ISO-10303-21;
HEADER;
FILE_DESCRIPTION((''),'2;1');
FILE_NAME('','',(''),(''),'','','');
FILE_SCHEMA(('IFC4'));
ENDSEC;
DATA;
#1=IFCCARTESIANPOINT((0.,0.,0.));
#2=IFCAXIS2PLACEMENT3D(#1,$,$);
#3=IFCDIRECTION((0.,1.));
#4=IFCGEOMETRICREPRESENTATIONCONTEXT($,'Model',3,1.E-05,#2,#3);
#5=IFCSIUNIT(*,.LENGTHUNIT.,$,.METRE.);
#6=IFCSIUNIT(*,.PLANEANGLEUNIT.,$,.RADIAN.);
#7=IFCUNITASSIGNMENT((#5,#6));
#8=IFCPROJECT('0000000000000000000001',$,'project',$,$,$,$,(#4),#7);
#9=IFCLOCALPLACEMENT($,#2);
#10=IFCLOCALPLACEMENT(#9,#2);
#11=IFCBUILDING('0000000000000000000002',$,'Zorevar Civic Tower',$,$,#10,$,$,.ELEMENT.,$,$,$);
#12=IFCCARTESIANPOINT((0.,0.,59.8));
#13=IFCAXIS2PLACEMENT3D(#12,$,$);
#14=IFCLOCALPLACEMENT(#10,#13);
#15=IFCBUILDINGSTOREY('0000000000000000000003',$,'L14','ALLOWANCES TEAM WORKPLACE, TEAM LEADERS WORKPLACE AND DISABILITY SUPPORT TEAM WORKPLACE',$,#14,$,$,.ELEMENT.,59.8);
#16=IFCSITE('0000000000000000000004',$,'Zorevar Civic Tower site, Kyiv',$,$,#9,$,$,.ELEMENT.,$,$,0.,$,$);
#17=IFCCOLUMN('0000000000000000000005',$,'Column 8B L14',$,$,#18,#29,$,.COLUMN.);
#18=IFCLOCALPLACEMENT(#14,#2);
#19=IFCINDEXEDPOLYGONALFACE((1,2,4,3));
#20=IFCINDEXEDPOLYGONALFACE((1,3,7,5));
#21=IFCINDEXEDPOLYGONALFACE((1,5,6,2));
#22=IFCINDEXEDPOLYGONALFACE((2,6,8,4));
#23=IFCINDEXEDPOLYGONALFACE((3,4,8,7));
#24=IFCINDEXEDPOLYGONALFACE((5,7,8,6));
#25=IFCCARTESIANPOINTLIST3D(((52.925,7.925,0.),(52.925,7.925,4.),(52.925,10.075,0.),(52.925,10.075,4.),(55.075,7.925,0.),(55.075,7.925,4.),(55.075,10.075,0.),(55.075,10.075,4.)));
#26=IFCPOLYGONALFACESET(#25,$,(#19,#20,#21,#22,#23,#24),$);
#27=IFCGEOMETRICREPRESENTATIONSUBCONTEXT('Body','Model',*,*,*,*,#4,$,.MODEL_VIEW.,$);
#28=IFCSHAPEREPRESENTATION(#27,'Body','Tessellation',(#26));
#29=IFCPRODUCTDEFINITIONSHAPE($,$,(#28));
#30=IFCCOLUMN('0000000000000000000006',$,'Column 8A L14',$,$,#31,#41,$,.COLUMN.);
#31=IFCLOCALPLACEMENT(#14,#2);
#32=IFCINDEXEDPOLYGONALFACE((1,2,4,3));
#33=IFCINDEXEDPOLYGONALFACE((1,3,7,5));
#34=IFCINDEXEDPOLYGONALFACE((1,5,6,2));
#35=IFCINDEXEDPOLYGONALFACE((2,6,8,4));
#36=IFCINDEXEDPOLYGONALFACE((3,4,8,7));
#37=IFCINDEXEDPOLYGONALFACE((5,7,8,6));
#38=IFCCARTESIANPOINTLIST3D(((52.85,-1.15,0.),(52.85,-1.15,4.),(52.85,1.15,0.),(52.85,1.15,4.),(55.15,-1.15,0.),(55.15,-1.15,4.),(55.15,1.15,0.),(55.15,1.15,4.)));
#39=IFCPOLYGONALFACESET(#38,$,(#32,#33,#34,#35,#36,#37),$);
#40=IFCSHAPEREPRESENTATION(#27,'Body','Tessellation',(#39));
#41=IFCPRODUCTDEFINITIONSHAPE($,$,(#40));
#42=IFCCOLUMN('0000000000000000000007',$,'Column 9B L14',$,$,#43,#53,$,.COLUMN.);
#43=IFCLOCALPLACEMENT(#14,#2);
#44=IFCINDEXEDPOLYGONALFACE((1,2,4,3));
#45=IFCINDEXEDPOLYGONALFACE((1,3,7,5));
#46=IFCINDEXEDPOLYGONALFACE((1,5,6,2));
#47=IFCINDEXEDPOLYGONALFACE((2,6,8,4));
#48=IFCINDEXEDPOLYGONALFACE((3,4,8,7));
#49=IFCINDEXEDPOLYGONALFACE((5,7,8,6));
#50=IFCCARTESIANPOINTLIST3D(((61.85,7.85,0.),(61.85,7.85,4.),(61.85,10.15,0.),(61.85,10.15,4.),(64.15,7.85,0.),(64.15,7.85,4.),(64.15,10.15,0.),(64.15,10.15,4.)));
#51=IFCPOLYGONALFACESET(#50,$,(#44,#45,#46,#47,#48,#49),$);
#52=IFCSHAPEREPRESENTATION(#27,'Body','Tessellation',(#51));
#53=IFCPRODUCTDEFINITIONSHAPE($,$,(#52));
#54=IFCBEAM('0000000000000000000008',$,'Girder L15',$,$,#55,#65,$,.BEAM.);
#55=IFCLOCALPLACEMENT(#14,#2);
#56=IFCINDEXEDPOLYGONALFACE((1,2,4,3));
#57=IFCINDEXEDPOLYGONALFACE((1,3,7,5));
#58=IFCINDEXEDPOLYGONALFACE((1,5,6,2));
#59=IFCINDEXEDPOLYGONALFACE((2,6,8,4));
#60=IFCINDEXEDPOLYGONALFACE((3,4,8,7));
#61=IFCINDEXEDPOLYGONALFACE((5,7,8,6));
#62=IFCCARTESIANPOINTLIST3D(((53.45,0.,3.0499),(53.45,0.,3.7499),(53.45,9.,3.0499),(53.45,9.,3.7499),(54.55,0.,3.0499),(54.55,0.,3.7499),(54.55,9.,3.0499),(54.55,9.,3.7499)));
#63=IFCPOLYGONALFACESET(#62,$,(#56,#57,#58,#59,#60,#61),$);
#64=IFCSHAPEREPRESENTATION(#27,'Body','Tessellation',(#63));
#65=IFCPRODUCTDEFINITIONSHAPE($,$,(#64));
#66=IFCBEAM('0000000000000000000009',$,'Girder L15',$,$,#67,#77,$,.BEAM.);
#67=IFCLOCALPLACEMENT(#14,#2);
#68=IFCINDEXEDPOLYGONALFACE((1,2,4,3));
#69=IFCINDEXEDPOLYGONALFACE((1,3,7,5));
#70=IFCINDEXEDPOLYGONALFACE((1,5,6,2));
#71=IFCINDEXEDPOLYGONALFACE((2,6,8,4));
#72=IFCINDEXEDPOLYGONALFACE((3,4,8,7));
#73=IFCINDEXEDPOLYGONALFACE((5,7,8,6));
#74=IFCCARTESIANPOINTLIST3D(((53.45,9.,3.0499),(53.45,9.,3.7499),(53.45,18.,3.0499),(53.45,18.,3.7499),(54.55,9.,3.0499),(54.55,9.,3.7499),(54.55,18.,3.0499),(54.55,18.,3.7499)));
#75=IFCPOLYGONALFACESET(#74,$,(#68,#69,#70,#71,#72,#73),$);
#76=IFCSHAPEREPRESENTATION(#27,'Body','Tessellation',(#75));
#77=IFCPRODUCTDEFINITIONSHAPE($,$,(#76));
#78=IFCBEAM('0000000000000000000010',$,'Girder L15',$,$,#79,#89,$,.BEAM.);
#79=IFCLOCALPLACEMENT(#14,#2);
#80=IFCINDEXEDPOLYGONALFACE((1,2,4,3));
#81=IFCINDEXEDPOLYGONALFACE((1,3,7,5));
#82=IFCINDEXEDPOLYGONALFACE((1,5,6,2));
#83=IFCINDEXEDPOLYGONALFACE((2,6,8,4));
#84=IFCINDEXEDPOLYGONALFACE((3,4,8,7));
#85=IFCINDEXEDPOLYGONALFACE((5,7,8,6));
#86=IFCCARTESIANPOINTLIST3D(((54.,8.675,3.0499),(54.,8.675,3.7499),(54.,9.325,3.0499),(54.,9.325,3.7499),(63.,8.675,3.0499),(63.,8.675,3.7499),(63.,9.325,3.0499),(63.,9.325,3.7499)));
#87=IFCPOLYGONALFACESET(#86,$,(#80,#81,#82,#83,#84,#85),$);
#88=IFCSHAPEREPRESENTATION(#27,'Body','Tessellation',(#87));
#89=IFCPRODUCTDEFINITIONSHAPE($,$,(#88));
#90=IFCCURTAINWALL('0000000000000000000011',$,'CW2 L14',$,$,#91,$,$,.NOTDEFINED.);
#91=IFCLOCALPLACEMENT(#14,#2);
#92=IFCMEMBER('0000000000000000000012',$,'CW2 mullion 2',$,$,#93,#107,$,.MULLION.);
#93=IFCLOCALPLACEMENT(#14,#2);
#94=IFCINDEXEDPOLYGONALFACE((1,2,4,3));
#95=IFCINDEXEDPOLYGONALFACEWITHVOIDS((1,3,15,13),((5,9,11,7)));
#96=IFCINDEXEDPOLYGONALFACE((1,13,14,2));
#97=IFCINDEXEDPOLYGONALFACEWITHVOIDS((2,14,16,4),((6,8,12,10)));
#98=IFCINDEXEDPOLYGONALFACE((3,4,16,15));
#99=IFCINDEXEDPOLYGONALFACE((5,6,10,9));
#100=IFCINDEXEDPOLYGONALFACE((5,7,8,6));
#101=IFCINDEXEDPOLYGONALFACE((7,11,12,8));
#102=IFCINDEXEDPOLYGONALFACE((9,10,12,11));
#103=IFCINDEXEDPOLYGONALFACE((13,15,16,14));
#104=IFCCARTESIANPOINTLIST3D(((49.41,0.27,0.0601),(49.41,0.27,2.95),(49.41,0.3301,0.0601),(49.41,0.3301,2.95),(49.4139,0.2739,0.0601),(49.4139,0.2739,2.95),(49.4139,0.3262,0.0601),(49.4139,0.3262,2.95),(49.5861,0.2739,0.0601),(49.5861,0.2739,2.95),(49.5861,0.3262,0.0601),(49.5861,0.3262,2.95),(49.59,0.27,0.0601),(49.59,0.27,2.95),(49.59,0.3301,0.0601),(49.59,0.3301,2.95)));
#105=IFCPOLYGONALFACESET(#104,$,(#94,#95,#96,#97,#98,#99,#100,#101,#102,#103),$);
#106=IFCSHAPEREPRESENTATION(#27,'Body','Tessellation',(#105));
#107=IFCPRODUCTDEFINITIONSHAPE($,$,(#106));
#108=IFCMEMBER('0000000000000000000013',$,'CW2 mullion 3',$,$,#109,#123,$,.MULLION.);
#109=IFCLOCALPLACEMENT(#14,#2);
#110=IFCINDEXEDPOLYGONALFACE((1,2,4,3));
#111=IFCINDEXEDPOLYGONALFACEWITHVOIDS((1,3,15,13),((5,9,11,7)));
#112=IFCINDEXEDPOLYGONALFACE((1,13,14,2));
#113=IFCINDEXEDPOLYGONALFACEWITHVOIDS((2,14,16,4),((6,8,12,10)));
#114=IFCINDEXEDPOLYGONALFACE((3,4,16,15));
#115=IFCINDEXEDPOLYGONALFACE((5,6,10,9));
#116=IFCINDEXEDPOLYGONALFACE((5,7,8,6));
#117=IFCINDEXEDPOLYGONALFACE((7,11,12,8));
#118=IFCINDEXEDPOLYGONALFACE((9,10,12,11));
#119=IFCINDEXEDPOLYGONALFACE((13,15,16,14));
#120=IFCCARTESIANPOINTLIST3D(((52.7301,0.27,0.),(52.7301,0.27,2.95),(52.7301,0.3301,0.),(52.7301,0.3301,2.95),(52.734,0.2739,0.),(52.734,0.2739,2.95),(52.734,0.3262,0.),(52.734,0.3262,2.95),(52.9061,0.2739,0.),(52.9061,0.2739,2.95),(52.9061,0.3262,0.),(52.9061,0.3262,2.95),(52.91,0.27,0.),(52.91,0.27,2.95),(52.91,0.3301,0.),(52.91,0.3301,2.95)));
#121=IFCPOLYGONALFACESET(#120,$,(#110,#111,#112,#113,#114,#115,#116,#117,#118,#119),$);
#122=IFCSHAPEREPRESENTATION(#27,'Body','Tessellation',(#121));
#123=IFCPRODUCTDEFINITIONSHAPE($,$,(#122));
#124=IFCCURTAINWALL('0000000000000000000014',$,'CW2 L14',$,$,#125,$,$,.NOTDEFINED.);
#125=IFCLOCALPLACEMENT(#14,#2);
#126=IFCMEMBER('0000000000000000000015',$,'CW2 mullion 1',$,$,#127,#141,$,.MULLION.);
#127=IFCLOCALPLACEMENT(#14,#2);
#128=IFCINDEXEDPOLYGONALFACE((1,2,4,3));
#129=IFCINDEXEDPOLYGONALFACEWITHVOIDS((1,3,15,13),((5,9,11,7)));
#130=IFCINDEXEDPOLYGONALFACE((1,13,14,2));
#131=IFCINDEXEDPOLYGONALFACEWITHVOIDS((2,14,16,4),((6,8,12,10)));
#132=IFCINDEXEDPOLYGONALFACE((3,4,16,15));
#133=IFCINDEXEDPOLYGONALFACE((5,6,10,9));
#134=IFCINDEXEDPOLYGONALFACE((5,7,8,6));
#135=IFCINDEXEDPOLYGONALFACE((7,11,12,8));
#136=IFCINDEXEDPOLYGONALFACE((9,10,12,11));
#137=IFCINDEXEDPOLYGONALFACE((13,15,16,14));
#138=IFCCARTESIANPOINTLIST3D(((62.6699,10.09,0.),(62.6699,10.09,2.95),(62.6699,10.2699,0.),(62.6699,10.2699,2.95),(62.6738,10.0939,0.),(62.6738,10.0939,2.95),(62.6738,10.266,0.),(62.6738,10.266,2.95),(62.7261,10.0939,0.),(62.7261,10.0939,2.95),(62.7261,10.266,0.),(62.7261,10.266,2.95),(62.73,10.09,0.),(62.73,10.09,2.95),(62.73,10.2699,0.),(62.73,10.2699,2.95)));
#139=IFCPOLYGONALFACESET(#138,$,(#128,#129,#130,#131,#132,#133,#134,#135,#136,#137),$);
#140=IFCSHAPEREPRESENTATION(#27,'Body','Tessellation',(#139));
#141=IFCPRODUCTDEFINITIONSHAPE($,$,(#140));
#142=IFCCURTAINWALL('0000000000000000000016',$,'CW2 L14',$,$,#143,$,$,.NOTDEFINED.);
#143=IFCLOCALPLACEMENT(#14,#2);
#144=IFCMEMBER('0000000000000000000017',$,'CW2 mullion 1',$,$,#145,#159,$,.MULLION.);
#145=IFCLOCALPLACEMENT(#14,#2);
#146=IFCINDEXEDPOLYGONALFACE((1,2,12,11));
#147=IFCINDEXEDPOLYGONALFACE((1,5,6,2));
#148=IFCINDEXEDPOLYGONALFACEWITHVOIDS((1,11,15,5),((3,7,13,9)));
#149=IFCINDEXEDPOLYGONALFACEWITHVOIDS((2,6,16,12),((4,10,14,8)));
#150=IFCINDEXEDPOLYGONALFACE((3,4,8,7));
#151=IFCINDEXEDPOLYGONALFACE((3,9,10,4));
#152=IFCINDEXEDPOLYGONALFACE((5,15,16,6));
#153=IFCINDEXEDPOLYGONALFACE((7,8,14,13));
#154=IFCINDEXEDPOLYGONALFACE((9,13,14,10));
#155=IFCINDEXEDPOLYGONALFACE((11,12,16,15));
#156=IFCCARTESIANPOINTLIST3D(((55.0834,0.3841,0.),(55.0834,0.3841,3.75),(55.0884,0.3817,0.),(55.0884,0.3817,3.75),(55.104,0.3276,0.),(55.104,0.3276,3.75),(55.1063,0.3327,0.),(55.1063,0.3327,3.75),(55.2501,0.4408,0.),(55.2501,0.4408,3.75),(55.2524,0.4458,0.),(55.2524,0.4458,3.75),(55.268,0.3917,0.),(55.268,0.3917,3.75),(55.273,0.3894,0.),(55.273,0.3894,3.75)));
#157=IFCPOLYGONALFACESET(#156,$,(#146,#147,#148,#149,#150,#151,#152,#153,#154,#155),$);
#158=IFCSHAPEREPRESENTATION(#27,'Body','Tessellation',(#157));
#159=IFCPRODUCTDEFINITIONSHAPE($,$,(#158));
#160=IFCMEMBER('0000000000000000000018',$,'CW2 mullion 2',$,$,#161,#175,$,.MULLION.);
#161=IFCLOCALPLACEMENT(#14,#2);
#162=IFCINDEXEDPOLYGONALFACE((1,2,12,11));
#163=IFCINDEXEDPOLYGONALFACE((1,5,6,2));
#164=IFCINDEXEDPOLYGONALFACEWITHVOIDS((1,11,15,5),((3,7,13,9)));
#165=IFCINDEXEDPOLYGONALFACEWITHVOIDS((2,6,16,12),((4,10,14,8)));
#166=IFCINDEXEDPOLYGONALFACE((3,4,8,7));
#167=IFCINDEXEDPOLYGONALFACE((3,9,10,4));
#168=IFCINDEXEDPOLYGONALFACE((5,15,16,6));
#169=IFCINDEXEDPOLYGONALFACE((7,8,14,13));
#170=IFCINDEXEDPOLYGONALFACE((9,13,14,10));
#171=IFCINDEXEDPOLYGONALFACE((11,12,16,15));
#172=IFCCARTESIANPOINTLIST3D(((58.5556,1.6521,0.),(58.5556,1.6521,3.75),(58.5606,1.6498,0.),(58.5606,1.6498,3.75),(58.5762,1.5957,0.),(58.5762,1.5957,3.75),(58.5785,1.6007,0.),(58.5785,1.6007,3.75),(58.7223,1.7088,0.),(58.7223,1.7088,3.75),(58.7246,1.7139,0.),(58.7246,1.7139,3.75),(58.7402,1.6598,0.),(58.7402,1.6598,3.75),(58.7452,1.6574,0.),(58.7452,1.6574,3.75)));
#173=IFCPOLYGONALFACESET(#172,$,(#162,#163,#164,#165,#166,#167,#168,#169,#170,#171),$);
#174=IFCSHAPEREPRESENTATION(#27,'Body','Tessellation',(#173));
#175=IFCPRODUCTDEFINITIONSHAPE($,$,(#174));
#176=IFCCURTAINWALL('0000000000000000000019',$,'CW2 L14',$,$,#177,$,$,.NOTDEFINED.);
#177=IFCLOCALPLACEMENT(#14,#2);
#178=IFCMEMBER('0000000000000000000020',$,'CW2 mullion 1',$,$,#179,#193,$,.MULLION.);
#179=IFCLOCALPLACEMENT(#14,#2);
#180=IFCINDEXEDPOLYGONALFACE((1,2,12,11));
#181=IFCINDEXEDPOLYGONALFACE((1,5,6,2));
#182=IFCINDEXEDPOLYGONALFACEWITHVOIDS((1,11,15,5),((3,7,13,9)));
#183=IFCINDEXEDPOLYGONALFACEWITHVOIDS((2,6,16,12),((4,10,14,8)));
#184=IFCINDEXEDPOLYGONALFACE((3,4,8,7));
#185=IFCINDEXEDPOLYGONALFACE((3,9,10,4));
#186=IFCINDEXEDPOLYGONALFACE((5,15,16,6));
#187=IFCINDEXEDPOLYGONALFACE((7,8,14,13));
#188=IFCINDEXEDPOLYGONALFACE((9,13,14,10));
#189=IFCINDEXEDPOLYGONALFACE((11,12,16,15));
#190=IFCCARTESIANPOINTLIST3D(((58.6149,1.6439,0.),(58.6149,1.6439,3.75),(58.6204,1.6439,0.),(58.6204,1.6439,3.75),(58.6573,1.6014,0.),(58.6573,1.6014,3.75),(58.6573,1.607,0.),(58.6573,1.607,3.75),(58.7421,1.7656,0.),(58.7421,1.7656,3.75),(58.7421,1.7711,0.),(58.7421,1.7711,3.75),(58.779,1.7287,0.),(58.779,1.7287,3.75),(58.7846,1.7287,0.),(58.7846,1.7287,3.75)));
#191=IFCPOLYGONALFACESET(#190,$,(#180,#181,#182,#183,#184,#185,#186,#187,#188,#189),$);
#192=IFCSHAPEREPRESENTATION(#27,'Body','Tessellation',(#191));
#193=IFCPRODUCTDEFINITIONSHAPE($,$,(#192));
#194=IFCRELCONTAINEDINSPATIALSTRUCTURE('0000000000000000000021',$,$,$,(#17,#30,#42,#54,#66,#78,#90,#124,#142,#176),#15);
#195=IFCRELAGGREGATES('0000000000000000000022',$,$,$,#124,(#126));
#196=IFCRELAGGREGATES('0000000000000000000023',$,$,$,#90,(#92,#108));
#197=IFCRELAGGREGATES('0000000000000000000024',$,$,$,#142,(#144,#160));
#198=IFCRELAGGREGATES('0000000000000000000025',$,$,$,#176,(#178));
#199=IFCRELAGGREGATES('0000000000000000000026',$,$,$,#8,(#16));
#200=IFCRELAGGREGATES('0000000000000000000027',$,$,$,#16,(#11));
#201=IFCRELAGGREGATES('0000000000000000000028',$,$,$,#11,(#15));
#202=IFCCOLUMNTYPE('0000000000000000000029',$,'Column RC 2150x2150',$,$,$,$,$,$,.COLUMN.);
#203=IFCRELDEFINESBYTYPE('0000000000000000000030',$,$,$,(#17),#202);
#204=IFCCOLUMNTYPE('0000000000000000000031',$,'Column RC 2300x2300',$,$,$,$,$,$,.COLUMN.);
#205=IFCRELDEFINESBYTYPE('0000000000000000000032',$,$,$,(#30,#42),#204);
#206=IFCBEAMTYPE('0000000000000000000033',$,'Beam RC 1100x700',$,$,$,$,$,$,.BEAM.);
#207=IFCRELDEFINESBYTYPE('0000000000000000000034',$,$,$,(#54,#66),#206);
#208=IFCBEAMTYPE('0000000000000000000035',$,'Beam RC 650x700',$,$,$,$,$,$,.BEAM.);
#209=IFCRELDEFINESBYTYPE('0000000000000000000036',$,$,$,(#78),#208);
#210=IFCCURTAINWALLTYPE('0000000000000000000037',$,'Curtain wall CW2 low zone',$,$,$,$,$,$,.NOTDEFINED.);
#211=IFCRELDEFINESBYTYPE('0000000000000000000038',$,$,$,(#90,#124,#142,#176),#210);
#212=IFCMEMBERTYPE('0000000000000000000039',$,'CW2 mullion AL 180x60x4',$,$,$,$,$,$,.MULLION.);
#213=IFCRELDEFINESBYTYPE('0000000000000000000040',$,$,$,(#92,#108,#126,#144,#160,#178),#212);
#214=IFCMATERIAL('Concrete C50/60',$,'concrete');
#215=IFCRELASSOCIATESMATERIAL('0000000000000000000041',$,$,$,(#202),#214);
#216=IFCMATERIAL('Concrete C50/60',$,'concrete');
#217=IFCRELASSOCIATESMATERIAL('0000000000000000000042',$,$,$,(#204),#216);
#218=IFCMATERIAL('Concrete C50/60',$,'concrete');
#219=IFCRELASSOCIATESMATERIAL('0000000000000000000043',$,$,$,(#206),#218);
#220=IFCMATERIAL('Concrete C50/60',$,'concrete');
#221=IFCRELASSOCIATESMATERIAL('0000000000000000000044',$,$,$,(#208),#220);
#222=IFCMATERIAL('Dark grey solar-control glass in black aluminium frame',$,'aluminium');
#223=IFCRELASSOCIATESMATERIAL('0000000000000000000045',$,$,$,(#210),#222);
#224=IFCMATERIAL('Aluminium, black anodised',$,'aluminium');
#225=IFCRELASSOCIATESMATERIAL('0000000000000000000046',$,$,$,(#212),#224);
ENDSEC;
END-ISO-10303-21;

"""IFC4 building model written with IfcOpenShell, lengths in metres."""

from ifc_helpers import new_model, si_unit, direction, frame, origin, origin_2d, place, context, subcontext, project, spatial, rectangle, hollow_rectangle, extrude, material, material_profile, profile_set, type_object, element, aggregate, save


model = new_model("IFC4")

# Units and contexts
model_context = context("Model", 3, precision=1e-05, world=origin(), true_north=direction((0.0, 1.0)))
body_context = subcontext(model_context, "Body", "Model", "MODEL_VIEW")
ifc_project = project(units=[si_unit("LENGTHUNIT", "METRE"), si_unit("PLANEANGLEUNIT", "RADIAN")], contexts=[model_context])

# Site, building, storey
site_placement = place(None, origin())
site = spatial("IfcSite", under=ifc_project, at=site_placement, Name="Zorevar Civic Tower site, Kyiv", CompositionType="ELEMENT", RefElevation=0.0)
building_placement = place(site_placement, origin())
building = spatial("IfcBuilding", under=site, at=building_placement, Name="Zorevar Civic Tower", CompositionType="ELEMENT")
storey_placement = place(building_placement, frame((0.0, 0.0, 59.8)))
storey = spatial("IfcBuildingStorey", under=building, at=storey_placement, Name="L14", Description="ALLOWANCES TEAM WORKPLACE, TEAM LEADERS WORKPLACE AND DISABILITY SUPPORT TEAM WORKPLACE", CompositionType="ELEMENT", Elevation=59.8)

# Columns
ifc_material_1 = material(Name="Concrete C50/60", Category="concrete")
ifc_material_profile_1 = material_profile(ifc_material_1, rectangle(XDim=2.1499, YDim=2.1499, at=origin_2d()), Name="RC 2150x2150")
ifc_profile_set_1 = profile_set([ifc_material_profile_1], Name="Concrete C50/60")
column_type_1 = type_object("IfcColumnType", Name="Column RC 2150x2150", PredefinedType="COLUMN", material=ifc_profile_set_1)
column_placement = place(storey_placement, frame((54.0, 9.0, 0.0), z_axis=(0.0, 0.0, 1.0), x_axis=(1.0, 0.0, 0.0)))
element("IfcColumn", 1, at=column_placement, inside=storey, type_object=column_type_1, Name="Column 8B L14", PredefinedType="COLUMN", context=body_context, shape_type="SweptSolid", body=[
    extrude(rectangle(XDim=2.1499, YDim=2.1499, at=origin_2d()), origin(), (0.0, 0.0, 1.0), 4.0),
])
ifc_material_2 = material(Name="Concrete C50/60", Category="concrete")
ifc_material_profile_2 = material_profile(ifc_material_2, rectangle(XDim=2.3, YDim=2.3, at=origin_2d()), Name="RC 2300x2300")
ifc_profile_set_2 = profile_set([ifc_material_profile_2], Name="Concrete C50/60")
column_type_2 = type_object("IfcColumnType", Name="Column RC 2300x2300", PredefinedType="COLUMN", material=ifc_profile_set_2)
for number, where, z_axis, x_axis, name in (
    (2, (54.0, 0.0, 0.0), (0.0, 0.0, 1.0), (1.0, 0.0, 0.0), "Column 8A L14"),
    (3, (63.0, 9.0, 0.0), (0.0, 0.0, 1.0), (1.0, 0.0, 0.0), "Column 9B L14"),
):
    element("IfcColumn", number, at=place(storey_placement, frame(where, z_axis=z_axis, x_axis=x_axis)), inside=storey, type_object=column_type_2, Name=name, PredefinedType="COLUMN", context=body_context, shape_type="SweptSolid", body=[
        extrude(rectangle(XDim=2.3, YDim=2.3, at=origin_2d()), origin(), (0.0, 0.0, 1.0), 4.0),
    ])

# Beams
ifc_material_3 = material(Name="Concrete C50/60", Category="concrete")
ifc_material_profile_3 = material_profile(ifc_material_3, rectangle(XDim=1.1001, YDim=0.7, at=origin_2d()), Name="RC 1100x700")
ifc_profile_set_3 = profile_set([ifc_material_profile_3], Name="Concrete C50/60")
beam_type_1 = type_object("IfcBeamType", Name="Beam RC 1100x700", PredefinedType="BEAM", material=ifc_profile_set_3)
for number, where, z_axis, x_axis, name in (
    (4, (54.0, 0.0, 3.3999), (0.0, 1.0, 0.0), (-1.0, 0.0, 0.0), "Girder L15"),
    (5, (54.0, 9.0, 3.3999), (0.0, 1.0, 0.0), (-1.0, 0.0, 0.0), "Girder L15"),
):
    element("IfcBeam", number, at=place(storey_placement, frame(where, z_axis=z_axis, x_axis=x_axis)), inside=storey, type_object=beam_type_1, Name=name, PredefinedType="BEAM", context=body_context, shape_type="SweptSolid", body=[
        extrude(rectangle(XDim=1.1001, YDim=0.7, at=origin_2d()), origin(), (0.0, 0.0, 1.0), 9.0),
    ])
ifc_material_4 = material(Name="Concrete C50/60", Category="concrete")
ifc_material_profile_4 = material_profile(ifc_material_4, rectangle(XDim=0.6499, YDim=0.7, at=origin_2d()), Name="RC 650x700")
ifc_profile_set_4 = profile_set([ifc_material_profile_4], Name="Concrete C50/60")
beam_type_2 = type_object("IfcBeamType", Name="Beam RC 650x700", PredefinedType="BEAM", material=ifc_profile_set_4)
beam_1_placement = place(storey_placement, frame((54.0, 9.0, 3.3999), z_axis=(1.0, 0.0, 0.0), x_axis=(0.0, 1.0, 0.0)))
element("IfcBeam", 6, at=beam_1_placement, inside=storey, type_object=beam_type_2, Name="Girder L15", PredefinedType="BEAM", context=body_context, shape_type="SweptSolid", body=[
    extrude(rectangle(XDim=0.6499, YDim=0.7, at=origin_2d()), origin(), (0.0, 0.0, 1.0), 9.0),
])

# Curtain wall, members
ifc_material_5 = material(Name="Dark grey solar-control glass in black aluminium frame", Category="aluminium")
curtain_wall_type = type_object("IfcCurtainWallType", Name="Curtain wall CW2 low zone", PredefinedType="NOTDEFINED", material=ifc_material_5)
curtain_wall_1_placement = place(storey_placement, origin())
curtain_wall_1 = element("IfcCurtainWall", 7, at=curtain_wall_1_placement, inside=storey, type_object=curtain_wall_type, Name="CW2 L14", PredefinedType="NOTDEFINED")
ifc_material_6 = material(Name="Aluminium, black anodised", Category="aluminium")
ifc_material_profile_5 = material_profile(ifc_material_6, hollow_rectangle(XDim=0.0601, YDim=0.1799, WallThickness=0.0039, at=origin_2d()), Name="AL 180x60x4")
ifc_profile_set_5 = profile_set([ifc_material_profile_5], Name="Aluminium, black anodised")
member_type_1 = type_object("IfcMemberType", Name="CW2 mullion AL 180x60x4", PredefinedType="MULLION", material=ifc_profile_set_5)
member_1_placement = place(storey_placement, frame((49.5, 0.3, 0.0601), z_axis=(0.0, 0.0, 1.0), x_axis=(0.0, 1.0, 0.0)))
member_1 = element("IfcMember", 8, at=member_1_placement, type_object=member_type_1, Name="CW2 mullion 2", PredefinedType="MULLION", context=body_context, shape_type="SweptSolid", body=[
    extrude(hollow_rectangle(XDim=0.0601, YDim=0.1799, WallThickness=0.0039, at=origin_2d()), origin(), (0.0, 0.0, 1.0), 2.8899),
])
member_2_placement = place(storey_placement, frame((52.8201, 0.3, 0.0), z_axis=(0.0, 0.0, 1.0), x_axis=(0.0, 1.0, 0.0)))
member_2 = element("IfcMember", 9, at=member_2_placement, type_object=member_type_1, Name="CW2 mullion 3", PredefinedType="MULLION", context=body_context, shape_type="SweptSolid", body=[
    extrude(hollow_rectangle(XDim=0.0601, YDim=0.1799, WallThickness=0.0039, at=origin_2d()), origin(), (0.0, 0.0, 1.0), 2.95),
])

# Curtain wall, member
curtain_wall_2_placement = place(storey_placement, origin())
curtain_wall_2 = element("IfcCurtainWall", 10, at=curtain_wall_2_placement, inside=storey, type_object=curtain_wall_type, Name="CW2 L14", PredefinedType="NOTDEFINED")
member_3_placement = place(storey_placement, frame((62.7, 10.1799, 0.0), z_axis=(0.0, 0.0, 1.0), x_axis=(-1.0, 0.0, 0.0)))
member_3 = element("IfcMember", 11, at=member_3_placement, type_object=member_type_1, Name="CW2 mullion 1", PredefinedType="MULLION", context=body_context, shape_type="SweptSolid", body=[
    extrude(hollow_rectangle(XDim=0.0601, YDim=0.1799, WallThickness=0.0039, at=origin_2d()), origin(), (0.0, 0.0, 1.0), 2.95),
])
aggregate(curtain_wall_2, [member_3])

# Curtain walls, members
curtain_wall_3_placement = place(storey_placement, origin())
curtain_wall_3 = element("IfcCurtainWall", 12, at=curtain_wall_3_placement, inside=storey, type_object=curtain_wall_type, Name="CW2 L14", PredefinedType="NOTDEFINED")
member_4_placement = place(storey_placement, frame((55.1782, 0.3867, 0.0), z_axis=(0.0, 0.0, 1.0), x_axis=(-0.34306, 0.939313, 0.0)))
member_4 = element("IfcMember", 13, at=member_4_placement, type_object=member_type_1, Name="CW2 mullion 1", PredefinedType="MULLION", context=body_context, shape_type="SweptSolid", body=[
    extrude(hollow_rectangle(XDim=0.0601, YDim=0.1799, WallThickness=0.0039, at=origin_2d()), origin(), (0.0, 0.0, 1.0), 3.75),
])
member_5_placement = place(storey_placement, frame((58.6504, 1.6548, 0.0), z_axis=(0.0, 0.0, 1.0), x_axis=(-0.34306, 0.939313, 0.0)))
member_5 = element("IfcMember", 14, at=member_5_placement, type_object=member_type_1, Name="CW2 mullion 2", PredefinedType="MULLION", context=body_context, shape_type="SweptSolid", body=[
    extrude(hollow_rectangle(XDim=0.0601, YDim=0.1799, WallThickness=0.0039, at=origin_2d()), origin(), (0.0, 0.0, 1.0), 3.75),
])
curtain_wall_4_placement = place(storey_placement, origin())
curtain_wall_4 = element("IfcCurtainWall", 15, at=curtain_wall_4_placement, inside=storey, type_object=curtain_wall_type, Name="CW2 L14", PredefinedType="NOTDEFINED")
member_6_placement = place(storey_placement, frame((58.6997, 1.6863, 0.0), z_axis=(0.0, 0.0, 1.0), x_axis=(-0.707107, 0.707107, 0.0)))
member_6 = element("IfcMember", 16, at=member_6_placement, type_object=member_type_1, Name="CW2 mullion 1", PredefinedType="MULLION", context=body_context, shape_type="SweptSolid", body=[
    extrude(hollow_rectangle(XDim=0.0601, YDim=0.1799, WallThickness=0.0039, at=origin_2d()), origin(), (0.0, 0.0, 1.0), 3.75),
])

aggregate(curtain_wall_1, [member_1, member_2])
aggregate(curtain_wall_3, [member_4, member_5])
aggregate(curtain_wall_4, [member_6])

save(model, "model.ifc")
